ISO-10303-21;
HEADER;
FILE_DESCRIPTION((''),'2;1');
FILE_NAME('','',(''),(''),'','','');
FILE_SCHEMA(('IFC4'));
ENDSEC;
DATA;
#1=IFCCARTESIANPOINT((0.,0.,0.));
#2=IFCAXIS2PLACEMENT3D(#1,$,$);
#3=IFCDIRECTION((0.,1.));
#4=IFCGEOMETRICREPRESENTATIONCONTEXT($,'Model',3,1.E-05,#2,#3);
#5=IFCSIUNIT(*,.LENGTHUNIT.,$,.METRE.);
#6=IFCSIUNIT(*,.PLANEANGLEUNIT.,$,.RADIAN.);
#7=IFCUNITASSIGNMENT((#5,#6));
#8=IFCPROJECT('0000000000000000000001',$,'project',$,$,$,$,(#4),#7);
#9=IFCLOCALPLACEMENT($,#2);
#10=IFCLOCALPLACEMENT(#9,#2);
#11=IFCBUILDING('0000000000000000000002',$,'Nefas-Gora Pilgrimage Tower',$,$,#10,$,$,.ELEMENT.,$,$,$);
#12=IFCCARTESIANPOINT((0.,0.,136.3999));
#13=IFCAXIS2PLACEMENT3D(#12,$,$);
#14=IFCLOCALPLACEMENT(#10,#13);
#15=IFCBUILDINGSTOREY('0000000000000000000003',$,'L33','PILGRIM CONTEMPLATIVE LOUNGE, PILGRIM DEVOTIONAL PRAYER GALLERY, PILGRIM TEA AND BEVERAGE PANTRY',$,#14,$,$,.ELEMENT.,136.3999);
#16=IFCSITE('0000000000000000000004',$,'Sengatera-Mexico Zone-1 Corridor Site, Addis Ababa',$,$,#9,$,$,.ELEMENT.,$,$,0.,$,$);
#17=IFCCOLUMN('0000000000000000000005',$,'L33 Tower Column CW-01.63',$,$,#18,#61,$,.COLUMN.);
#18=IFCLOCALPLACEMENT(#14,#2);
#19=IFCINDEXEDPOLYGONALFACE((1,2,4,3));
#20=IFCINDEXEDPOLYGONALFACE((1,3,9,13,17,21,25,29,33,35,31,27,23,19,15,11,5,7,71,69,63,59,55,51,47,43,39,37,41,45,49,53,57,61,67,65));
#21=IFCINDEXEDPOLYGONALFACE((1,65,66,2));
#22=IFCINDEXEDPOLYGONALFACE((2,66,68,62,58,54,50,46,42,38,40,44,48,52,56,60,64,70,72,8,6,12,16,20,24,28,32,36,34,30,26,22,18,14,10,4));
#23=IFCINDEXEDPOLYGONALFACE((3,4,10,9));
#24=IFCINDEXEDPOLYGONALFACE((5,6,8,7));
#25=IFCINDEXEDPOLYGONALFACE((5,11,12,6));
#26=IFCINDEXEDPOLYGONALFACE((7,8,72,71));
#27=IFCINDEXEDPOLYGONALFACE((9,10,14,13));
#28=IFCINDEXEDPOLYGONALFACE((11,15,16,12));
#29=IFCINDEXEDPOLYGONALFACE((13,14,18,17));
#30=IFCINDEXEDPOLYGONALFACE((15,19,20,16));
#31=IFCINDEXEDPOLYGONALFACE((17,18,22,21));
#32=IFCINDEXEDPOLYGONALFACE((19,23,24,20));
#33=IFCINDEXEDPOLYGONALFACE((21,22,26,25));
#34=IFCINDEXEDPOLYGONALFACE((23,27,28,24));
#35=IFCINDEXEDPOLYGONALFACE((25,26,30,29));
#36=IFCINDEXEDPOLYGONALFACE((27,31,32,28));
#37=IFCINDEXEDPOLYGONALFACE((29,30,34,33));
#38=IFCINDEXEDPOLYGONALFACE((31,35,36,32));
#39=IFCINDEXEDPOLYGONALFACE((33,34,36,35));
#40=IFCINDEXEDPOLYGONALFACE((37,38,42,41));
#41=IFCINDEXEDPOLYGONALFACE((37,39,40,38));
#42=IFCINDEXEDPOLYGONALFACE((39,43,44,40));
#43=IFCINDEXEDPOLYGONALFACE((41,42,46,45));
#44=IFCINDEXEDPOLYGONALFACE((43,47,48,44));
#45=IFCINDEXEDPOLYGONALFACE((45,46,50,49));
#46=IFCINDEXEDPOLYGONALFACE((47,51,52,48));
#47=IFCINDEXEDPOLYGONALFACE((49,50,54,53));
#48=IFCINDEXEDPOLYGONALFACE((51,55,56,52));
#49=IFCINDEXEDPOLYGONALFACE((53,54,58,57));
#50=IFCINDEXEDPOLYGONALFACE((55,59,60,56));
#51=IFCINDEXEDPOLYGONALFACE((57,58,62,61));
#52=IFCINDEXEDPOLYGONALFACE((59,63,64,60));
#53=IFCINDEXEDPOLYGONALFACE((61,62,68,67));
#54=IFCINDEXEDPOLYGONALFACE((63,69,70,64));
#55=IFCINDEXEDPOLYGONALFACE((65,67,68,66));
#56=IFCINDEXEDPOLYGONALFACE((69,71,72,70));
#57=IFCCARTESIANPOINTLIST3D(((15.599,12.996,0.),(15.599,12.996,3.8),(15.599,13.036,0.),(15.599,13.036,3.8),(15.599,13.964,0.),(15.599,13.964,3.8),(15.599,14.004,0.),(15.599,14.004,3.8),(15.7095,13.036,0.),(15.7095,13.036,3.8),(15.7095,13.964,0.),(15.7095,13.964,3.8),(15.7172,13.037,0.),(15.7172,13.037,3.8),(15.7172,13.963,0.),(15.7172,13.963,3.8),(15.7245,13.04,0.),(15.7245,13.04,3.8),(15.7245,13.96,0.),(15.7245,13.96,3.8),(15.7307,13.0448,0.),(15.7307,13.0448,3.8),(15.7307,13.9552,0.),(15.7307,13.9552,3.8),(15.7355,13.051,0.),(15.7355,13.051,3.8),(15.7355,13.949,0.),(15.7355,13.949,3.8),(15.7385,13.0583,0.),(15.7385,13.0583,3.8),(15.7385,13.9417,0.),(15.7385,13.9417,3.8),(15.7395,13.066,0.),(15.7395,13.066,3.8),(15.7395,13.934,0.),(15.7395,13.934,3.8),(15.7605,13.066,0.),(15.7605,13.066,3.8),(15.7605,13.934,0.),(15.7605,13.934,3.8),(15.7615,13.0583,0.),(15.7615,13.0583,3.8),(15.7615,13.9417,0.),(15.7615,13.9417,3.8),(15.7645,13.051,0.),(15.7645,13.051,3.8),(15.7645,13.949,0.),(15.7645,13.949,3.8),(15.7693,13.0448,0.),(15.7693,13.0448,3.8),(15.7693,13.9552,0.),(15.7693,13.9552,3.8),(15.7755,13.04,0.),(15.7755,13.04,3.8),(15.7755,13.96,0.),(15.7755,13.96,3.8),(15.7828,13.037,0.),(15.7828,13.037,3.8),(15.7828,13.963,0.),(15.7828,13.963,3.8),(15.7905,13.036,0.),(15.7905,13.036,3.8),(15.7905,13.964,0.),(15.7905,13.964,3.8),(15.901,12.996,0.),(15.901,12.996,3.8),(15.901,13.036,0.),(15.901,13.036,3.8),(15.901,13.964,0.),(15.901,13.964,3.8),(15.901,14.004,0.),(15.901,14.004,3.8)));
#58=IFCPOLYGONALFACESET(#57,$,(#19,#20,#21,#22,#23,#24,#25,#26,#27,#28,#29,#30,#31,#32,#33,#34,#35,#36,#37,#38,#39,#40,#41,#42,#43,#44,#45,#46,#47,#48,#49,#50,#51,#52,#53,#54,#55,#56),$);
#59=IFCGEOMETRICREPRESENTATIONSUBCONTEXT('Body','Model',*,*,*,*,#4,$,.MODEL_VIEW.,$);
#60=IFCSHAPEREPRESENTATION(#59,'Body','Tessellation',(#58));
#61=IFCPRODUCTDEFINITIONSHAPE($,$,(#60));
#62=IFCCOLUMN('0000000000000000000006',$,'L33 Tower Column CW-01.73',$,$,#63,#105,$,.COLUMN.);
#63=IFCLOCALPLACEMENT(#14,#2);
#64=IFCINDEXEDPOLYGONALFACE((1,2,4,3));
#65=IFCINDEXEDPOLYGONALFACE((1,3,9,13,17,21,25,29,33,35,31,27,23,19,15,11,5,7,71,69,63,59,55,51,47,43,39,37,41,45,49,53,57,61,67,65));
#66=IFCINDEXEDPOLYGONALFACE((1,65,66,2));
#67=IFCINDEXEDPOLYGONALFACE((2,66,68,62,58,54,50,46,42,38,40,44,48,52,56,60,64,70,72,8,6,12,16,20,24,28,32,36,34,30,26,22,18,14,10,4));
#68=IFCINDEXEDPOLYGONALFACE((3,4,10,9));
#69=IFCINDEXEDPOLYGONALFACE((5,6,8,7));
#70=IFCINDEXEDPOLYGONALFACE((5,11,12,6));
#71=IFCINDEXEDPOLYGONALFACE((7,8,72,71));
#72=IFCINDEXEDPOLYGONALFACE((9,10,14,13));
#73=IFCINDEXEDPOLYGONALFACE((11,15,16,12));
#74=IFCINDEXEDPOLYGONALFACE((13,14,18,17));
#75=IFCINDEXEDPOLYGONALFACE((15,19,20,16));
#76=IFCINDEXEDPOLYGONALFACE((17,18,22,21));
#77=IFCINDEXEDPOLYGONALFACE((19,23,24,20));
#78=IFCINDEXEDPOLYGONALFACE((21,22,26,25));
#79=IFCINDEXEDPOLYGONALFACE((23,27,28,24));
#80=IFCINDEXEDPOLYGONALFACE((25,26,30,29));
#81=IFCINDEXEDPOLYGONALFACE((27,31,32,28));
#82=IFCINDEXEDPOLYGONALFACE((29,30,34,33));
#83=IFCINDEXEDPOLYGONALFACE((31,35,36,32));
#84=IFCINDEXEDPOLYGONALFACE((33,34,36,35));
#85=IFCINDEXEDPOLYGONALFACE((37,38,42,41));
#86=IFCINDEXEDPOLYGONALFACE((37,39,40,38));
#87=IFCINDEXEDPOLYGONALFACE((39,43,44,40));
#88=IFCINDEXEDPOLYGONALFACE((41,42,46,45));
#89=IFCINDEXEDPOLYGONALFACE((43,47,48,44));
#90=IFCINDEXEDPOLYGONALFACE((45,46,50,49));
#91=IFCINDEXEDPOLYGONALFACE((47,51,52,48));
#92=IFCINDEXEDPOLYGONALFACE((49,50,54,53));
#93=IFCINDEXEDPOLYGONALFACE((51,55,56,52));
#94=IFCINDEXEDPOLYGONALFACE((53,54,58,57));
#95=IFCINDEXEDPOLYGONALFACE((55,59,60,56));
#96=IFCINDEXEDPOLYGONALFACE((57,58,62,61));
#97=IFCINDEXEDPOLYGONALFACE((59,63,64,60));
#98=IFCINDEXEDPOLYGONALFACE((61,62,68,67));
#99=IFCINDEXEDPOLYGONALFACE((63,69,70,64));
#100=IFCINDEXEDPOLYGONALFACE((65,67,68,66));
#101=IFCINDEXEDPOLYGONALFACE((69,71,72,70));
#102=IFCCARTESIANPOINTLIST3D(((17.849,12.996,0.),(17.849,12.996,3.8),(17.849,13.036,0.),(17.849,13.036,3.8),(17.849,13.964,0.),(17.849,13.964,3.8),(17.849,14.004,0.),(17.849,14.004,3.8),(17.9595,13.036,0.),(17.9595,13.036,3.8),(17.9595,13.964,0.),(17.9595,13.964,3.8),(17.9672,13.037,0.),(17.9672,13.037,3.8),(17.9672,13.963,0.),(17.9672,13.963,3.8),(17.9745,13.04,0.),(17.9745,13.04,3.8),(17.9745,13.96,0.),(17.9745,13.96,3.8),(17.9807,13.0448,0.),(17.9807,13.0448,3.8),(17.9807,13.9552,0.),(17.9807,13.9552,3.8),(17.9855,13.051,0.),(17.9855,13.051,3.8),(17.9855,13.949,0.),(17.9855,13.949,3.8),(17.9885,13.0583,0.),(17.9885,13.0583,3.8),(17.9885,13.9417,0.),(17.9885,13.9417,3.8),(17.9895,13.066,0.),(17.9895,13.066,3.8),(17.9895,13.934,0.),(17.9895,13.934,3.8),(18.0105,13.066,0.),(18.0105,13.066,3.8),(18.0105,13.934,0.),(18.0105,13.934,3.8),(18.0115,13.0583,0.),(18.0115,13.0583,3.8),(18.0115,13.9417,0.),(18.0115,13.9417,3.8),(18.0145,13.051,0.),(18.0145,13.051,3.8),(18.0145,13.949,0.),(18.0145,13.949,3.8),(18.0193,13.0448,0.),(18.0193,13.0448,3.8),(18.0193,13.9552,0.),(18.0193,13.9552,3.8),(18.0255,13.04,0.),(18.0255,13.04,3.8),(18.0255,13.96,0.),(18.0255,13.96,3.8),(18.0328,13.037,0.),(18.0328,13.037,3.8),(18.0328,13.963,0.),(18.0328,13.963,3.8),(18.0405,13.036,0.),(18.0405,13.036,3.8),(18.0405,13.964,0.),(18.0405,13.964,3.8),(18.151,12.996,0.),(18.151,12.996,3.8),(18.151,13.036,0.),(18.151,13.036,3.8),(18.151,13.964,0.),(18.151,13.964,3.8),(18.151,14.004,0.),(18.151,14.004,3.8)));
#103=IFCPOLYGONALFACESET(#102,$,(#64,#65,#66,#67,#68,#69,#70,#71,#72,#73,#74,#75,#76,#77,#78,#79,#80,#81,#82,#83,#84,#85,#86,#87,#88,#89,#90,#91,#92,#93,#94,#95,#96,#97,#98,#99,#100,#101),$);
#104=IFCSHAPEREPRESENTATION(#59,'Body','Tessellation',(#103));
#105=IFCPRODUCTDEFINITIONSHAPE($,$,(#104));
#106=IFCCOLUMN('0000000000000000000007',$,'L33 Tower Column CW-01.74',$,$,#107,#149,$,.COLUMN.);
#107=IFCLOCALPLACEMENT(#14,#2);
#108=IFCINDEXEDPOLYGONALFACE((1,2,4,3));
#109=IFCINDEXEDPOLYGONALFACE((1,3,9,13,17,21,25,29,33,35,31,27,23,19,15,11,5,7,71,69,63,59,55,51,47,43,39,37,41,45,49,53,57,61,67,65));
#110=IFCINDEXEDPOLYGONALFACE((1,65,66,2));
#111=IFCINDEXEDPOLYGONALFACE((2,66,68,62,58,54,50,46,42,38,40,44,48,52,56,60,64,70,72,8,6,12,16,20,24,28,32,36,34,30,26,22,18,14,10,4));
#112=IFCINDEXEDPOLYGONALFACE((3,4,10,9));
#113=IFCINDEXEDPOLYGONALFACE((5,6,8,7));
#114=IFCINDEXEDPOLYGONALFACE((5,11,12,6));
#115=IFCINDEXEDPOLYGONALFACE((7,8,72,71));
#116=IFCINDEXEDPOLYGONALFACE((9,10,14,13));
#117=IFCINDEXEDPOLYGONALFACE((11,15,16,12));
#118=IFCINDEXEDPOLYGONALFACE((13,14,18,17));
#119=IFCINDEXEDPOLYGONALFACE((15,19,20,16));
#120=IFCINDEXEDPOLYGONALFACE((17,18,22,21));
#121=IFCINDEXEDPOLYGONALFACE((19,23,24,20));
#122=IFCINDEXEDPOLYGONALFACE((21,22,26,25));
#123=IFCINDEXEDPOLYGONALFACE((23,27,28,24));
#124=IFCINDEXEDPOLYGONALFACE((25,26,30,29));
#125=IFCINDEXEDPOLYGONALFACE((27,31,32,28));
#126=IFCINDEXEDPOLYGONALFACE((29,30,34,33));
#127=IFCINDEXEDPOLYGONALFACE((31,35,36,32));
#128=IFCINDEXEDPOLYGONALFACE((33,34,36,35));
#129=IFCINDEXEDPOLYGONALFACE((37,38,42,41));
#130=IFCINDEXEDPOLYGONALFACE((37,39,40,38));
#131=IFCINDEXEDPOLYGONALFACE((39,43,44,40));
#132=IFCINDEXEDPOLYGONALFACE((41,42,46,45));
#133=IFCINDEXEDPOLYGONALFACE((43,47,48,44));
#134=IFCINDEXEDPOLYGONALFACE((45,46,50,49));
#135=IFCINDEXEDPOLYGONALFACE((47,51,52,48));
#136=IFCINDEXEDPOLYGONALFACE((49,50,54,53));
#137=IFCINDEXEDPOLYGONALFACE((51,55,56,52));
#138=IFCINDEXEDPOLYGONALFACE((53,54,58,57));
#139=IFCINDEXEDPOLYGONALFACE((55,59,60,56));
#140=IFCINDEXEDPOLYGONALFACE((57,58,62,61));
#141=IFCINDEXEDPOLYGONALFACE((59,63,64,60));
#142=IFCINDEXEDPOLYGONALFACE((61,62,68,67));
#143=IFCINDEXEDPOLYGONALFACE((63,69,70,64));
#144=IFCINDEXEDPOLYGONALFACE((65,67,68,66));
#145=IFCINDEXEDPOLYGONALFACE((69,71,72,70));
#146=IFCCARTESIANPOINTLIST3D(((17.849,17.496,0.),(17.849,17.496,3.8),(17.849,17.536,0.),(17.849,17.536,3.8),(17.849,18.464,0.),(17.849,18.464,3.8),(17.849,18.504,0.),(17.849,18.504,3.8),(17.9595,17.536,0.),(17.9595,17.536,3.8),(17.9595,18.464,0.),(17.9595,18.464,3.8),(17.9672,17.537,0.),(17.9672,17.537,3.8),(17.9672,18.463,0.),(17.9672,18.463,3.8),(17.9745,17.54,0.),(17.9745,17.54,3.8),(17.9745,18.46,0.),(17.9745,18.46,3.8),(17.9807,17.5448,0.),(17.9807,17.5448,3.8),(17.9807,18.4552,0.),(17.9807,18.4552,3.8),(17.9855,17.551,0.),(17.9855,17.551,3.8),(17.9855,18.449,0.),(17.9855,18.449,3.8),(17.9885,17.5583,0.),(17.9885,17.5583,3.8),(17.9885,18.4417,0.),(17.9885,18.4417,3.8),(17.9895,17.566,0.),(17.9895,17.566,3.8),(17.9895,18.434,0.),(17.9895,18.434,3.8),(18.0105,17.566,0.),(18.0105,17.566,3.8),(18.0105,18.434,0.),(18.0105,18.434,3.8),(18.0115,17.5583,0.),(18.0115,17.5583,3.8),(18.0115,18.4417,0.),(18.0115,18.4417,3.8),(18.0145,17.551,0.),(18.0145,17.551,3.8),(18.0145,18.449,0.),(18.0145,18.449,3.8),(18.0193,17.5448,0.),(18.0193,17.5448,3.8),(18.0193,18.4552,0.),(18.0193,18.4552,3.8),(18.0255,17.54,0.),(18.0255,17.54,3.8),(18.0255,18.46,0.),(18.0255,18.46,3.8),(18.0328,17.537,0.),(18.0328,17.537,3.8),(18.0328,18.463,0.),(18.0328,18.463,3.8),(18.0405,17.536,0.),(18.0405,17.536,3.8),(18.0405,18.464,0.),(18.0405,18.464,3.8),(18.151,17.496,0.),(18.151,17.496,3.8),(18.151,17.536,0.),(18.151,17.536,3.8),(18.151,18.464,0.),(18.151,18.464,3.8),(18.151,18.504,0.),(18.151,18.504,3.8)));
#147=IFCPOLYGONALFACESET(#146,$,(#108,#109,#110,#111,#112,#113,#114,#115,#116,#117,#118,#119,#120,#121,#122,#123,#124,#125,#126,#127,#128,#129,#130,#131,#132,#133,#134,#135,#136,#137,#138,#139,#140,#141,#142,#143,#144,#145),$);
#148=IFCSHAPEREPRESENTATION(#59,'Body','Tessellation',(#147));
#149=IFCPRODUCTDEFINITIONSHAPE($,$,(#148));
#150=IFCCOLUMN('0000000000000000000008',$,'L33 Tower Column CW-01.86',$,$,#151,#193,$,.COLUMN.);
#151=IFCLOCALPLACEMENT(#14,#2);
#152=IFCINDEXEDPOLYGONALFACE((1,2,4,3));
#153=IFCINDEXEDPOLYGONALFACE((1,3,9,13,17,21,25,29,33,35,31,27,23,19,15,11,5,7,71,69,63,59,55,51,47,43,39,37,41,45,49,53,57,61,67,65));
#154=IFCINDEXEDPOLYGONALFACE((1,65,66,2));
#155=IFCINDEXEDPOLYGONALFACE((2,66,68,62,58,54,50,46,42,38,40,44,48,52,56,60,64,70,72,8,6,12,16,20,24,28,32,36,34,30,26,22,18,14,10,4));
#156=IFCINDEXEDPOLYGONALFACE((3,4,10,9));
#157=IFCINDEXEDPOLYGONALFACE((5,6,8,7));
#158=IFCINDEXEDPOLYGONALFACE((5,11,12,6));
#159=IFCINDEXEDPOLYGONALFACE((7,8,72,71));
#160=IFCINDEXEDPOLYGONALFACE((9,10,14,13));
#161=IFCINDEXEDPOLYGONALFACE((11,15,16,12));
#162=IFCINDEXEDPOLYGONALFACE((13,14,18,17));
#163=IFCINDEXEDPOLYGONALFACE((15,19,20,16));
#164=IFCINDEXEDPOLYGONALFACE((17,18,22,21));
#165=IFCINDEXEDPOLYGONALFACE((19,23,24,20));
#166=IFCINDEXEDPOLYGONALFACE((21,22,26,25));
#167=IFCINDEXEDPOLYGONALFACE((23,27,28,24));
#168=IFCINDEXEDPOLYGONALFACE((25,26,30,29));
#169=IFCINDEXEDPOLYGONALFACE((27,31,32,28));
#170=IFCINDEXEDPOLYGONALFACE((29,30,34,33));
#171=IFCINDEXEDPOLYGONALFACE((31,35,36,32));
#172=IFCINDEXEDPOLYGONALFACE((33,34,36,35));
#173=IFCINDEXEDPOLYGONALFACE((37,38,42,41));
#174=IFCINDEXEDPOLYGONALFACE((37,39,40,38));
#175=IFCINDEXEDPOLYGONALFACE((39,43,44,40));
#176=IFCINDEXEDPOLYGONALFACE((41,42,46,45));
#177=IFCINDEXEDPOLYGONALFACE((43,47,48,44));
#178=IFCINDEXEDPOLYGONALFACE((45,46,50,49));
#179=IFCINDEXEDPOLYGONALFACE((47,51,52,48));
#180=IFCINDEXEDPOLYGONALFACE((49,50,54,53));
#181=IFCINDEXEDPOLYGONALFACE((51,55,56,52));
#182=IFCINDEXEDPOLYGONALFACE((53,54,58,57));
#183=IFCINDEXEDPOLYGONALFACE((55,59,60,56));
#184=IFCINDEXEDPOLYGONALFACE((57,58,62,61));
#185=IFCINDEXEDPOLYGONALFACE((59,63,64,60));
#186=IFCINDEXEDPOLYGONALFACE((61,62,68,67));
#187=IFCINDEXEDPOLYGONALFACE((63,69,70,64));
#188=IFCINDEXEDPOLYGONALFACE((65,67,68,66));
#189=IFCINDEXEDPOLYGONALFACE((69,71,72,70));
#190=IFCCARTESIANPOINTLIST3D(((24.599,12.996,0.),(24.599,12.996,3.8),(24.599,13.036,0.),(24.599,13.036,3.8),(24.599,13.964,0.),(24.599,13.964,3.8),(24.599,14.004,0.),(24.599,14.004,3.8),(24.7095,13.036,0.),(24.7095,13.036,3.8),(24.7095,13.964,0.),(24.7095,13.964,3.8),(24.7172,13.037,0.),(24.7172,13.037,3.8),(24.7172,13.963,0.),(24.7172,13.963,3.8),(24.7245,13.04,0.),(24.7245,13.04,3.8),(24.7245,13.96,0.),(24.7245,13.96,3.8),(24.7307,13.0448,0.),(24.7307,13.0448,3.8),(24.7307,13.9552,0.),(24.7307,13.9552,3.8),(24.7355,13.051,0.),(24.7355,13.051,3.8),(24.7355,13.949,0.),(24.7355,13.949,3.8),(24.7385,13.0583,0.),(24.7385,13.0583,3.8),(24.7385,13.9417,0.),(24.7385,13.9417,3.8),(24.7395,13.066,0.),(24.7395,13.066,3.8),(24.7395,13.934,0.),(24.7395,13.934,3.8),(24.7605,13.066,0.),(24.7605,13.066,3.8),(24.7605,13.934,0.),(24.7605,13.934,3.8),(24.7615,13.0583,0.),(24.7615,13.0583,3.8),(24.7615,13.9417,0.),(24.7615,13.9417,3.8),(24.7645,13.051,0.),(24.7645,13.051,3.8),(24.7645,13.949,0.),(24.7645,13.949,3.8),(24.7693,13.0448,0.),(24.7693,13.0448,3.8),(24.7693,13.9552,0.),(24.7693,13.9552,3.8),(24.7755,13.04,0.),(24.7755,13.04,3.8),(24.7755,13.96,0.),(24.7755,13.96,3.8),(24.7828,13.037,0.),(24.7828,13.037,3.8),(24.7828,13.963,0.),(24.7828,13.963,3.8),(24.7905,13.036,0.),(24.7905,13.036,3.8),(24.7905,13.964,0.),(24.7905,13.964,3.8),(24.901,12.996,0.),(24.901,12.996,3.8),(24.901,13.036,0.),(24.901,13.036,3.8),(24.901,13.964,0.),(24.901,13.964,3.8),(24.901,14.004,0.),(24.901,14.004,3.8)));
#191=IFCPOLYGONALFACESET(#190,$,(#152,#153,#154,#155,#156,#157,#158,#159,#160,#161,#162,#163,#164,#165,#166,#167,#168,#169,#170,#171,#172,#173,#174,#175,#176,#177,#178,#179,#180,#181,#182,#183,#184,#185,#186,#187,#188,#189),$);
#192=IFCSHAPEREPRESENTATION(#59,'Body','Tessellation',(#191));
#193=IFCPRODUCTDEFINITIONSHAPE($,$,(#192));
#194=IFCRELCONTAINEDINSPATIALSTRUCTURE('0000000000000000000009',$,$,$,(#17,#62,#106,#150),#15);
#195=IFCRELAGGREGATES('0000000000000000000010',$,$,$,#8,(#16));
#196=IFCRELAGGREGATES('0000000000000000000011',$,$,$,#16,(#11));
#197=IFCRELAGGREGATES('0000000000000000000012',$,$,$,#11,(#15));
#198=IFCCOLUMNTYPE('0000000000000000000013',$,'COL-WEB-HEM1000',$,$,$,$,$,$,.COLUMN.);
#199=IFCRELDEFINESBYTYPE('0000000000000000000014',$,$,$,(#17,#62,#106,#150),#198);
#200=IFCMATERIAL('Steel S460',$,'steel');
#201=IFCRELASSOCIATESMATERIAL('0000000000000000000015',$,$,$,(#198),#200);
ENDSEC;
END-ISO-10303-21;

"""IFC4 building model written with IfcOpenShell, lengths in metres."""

from ifc_helpers import new_model, si_unit, direction, frame, origin, origin_2d, place, context, subcontext, project, spatial, i_section, extrude, source, transform, mapped, material, material_profile, profile_set, type_object, element, save


model = new_model("IFC4")

# Units and contexts
model_context = context("Model", 3, precision=1e-05, world=origin(), true_north=direction((0.0, 1.0)))
body_context = subcontext(model_context, "Body", "Model", "MODEL_VIEW")
ifc_project = project(units=[si_unit("LENGTHUNIT", "METRE"), si_unit("PLANEANGLEUNIT", "RADIAN")], contexts=[model_context])

# Site, building, storey
site_placement = place(None, origin())
site = spatial("IfcSite", under=ifc_project, at=site_placement, Name="Sengatera-Mexico Zone-1 Corridor Site, Addis Ababa", CompositionType="ELEMENT", RefElevation=0.0)
building_placement = place(site_placement, origin())
building = spatial("IfcBuilding", under=site, at=building_placement, Name="Nefas-Gora Pilgrimage Tower", CompositionType="ELEMENT")
storey_placement = place(building_placement, frame((0.0, 0.0, 136.3999)))
storey = spatial("IfcBuildingStorey", under=building, at=storey_placement, Name="L33", Description="PILGRIM CONTEMPLATIVE LOUNGE, PILGRIM DEVOTIONAL PRAYER GALLERY, PILGRIM TEA AND BEVERAGE PANTRY", CompositionType="ELEMENT", Elevation=136.3999)

# Columns
ifc_material_1 = material(Name="Steel S460", Category="steel")
ifc_material_profile_1 = material_profile(ifc_material_1, i_section(OverallWidth=0.302, OverallDepth=1.0081, WebThickness=0.021, FlangeThickness=0.04, FilletRadius=0.03, at=origin_2d()), Name="HEM 1000")
ifc_profile_set_1 = profile_set([ifc_material_profile_1], Name="Steel S460")
column_type_1 = type_object("IfcColumnType", Name="COL-WEB-HEM1000", PredefinedType="COLUMN", material=ifc_profile_set_1)
shared_shape_1 = source(origin(), body_context, "Body", "SweptSolid", [
    extrude(i_section(OverallWidth=0.302, OverallDepth=1.0081, WebThickness=0.021, FlangeThickness=0.04, FilletRadius=0.03, at=origin_2d()), origin(), (0.0, 0.0, 1.0), 3.8),
])
for number, where, z_axis, x_axis, name in (
    (1, (15.75, 13.5, 0.0), (0.0, 0.0, 1.0), (1.0, 0.0, 0.0), "L33 Tower Column CW-01.63"),
    (2, (18.0, 13.5, 0.0), (0.0, 0.0, 1.0), (1.0, 0.0, 0.0), "L33 Tower Column CW-01.73"),
    (3, (18.0, 18.0, 0.0), (0.0, 0.0, 1.0), (1.0, 0.0, 0.0), "L33 Tower Column CW-01.74"),
    (4, (24.75, 13.5, 0.0), (0.0, 0.0, 1.0), (1.0, 0.0, 0.0), "L33 Tower Column CW-01.86"),
):
    element("IfcColumn", number, at=place(storey_placement, frame(where, z_axis=z_axis, x_axis=x_axis)), inside=storey, type_object=column_type_1, Name=name, PredefinedType="COLUMN", context=body_context, shape_type="MappedRepresentation", body=[
        mapped(shared_shape_1, transform((0.0, 0.0, 0.0), x_axis=(1.0, 0.0, 0.0), y_axis=(0.0, 1.0, 0.0), z_axis=(0.0, 0.0, 1.0), scale=1.0)),
    ])

save(model, "model.ifc")
